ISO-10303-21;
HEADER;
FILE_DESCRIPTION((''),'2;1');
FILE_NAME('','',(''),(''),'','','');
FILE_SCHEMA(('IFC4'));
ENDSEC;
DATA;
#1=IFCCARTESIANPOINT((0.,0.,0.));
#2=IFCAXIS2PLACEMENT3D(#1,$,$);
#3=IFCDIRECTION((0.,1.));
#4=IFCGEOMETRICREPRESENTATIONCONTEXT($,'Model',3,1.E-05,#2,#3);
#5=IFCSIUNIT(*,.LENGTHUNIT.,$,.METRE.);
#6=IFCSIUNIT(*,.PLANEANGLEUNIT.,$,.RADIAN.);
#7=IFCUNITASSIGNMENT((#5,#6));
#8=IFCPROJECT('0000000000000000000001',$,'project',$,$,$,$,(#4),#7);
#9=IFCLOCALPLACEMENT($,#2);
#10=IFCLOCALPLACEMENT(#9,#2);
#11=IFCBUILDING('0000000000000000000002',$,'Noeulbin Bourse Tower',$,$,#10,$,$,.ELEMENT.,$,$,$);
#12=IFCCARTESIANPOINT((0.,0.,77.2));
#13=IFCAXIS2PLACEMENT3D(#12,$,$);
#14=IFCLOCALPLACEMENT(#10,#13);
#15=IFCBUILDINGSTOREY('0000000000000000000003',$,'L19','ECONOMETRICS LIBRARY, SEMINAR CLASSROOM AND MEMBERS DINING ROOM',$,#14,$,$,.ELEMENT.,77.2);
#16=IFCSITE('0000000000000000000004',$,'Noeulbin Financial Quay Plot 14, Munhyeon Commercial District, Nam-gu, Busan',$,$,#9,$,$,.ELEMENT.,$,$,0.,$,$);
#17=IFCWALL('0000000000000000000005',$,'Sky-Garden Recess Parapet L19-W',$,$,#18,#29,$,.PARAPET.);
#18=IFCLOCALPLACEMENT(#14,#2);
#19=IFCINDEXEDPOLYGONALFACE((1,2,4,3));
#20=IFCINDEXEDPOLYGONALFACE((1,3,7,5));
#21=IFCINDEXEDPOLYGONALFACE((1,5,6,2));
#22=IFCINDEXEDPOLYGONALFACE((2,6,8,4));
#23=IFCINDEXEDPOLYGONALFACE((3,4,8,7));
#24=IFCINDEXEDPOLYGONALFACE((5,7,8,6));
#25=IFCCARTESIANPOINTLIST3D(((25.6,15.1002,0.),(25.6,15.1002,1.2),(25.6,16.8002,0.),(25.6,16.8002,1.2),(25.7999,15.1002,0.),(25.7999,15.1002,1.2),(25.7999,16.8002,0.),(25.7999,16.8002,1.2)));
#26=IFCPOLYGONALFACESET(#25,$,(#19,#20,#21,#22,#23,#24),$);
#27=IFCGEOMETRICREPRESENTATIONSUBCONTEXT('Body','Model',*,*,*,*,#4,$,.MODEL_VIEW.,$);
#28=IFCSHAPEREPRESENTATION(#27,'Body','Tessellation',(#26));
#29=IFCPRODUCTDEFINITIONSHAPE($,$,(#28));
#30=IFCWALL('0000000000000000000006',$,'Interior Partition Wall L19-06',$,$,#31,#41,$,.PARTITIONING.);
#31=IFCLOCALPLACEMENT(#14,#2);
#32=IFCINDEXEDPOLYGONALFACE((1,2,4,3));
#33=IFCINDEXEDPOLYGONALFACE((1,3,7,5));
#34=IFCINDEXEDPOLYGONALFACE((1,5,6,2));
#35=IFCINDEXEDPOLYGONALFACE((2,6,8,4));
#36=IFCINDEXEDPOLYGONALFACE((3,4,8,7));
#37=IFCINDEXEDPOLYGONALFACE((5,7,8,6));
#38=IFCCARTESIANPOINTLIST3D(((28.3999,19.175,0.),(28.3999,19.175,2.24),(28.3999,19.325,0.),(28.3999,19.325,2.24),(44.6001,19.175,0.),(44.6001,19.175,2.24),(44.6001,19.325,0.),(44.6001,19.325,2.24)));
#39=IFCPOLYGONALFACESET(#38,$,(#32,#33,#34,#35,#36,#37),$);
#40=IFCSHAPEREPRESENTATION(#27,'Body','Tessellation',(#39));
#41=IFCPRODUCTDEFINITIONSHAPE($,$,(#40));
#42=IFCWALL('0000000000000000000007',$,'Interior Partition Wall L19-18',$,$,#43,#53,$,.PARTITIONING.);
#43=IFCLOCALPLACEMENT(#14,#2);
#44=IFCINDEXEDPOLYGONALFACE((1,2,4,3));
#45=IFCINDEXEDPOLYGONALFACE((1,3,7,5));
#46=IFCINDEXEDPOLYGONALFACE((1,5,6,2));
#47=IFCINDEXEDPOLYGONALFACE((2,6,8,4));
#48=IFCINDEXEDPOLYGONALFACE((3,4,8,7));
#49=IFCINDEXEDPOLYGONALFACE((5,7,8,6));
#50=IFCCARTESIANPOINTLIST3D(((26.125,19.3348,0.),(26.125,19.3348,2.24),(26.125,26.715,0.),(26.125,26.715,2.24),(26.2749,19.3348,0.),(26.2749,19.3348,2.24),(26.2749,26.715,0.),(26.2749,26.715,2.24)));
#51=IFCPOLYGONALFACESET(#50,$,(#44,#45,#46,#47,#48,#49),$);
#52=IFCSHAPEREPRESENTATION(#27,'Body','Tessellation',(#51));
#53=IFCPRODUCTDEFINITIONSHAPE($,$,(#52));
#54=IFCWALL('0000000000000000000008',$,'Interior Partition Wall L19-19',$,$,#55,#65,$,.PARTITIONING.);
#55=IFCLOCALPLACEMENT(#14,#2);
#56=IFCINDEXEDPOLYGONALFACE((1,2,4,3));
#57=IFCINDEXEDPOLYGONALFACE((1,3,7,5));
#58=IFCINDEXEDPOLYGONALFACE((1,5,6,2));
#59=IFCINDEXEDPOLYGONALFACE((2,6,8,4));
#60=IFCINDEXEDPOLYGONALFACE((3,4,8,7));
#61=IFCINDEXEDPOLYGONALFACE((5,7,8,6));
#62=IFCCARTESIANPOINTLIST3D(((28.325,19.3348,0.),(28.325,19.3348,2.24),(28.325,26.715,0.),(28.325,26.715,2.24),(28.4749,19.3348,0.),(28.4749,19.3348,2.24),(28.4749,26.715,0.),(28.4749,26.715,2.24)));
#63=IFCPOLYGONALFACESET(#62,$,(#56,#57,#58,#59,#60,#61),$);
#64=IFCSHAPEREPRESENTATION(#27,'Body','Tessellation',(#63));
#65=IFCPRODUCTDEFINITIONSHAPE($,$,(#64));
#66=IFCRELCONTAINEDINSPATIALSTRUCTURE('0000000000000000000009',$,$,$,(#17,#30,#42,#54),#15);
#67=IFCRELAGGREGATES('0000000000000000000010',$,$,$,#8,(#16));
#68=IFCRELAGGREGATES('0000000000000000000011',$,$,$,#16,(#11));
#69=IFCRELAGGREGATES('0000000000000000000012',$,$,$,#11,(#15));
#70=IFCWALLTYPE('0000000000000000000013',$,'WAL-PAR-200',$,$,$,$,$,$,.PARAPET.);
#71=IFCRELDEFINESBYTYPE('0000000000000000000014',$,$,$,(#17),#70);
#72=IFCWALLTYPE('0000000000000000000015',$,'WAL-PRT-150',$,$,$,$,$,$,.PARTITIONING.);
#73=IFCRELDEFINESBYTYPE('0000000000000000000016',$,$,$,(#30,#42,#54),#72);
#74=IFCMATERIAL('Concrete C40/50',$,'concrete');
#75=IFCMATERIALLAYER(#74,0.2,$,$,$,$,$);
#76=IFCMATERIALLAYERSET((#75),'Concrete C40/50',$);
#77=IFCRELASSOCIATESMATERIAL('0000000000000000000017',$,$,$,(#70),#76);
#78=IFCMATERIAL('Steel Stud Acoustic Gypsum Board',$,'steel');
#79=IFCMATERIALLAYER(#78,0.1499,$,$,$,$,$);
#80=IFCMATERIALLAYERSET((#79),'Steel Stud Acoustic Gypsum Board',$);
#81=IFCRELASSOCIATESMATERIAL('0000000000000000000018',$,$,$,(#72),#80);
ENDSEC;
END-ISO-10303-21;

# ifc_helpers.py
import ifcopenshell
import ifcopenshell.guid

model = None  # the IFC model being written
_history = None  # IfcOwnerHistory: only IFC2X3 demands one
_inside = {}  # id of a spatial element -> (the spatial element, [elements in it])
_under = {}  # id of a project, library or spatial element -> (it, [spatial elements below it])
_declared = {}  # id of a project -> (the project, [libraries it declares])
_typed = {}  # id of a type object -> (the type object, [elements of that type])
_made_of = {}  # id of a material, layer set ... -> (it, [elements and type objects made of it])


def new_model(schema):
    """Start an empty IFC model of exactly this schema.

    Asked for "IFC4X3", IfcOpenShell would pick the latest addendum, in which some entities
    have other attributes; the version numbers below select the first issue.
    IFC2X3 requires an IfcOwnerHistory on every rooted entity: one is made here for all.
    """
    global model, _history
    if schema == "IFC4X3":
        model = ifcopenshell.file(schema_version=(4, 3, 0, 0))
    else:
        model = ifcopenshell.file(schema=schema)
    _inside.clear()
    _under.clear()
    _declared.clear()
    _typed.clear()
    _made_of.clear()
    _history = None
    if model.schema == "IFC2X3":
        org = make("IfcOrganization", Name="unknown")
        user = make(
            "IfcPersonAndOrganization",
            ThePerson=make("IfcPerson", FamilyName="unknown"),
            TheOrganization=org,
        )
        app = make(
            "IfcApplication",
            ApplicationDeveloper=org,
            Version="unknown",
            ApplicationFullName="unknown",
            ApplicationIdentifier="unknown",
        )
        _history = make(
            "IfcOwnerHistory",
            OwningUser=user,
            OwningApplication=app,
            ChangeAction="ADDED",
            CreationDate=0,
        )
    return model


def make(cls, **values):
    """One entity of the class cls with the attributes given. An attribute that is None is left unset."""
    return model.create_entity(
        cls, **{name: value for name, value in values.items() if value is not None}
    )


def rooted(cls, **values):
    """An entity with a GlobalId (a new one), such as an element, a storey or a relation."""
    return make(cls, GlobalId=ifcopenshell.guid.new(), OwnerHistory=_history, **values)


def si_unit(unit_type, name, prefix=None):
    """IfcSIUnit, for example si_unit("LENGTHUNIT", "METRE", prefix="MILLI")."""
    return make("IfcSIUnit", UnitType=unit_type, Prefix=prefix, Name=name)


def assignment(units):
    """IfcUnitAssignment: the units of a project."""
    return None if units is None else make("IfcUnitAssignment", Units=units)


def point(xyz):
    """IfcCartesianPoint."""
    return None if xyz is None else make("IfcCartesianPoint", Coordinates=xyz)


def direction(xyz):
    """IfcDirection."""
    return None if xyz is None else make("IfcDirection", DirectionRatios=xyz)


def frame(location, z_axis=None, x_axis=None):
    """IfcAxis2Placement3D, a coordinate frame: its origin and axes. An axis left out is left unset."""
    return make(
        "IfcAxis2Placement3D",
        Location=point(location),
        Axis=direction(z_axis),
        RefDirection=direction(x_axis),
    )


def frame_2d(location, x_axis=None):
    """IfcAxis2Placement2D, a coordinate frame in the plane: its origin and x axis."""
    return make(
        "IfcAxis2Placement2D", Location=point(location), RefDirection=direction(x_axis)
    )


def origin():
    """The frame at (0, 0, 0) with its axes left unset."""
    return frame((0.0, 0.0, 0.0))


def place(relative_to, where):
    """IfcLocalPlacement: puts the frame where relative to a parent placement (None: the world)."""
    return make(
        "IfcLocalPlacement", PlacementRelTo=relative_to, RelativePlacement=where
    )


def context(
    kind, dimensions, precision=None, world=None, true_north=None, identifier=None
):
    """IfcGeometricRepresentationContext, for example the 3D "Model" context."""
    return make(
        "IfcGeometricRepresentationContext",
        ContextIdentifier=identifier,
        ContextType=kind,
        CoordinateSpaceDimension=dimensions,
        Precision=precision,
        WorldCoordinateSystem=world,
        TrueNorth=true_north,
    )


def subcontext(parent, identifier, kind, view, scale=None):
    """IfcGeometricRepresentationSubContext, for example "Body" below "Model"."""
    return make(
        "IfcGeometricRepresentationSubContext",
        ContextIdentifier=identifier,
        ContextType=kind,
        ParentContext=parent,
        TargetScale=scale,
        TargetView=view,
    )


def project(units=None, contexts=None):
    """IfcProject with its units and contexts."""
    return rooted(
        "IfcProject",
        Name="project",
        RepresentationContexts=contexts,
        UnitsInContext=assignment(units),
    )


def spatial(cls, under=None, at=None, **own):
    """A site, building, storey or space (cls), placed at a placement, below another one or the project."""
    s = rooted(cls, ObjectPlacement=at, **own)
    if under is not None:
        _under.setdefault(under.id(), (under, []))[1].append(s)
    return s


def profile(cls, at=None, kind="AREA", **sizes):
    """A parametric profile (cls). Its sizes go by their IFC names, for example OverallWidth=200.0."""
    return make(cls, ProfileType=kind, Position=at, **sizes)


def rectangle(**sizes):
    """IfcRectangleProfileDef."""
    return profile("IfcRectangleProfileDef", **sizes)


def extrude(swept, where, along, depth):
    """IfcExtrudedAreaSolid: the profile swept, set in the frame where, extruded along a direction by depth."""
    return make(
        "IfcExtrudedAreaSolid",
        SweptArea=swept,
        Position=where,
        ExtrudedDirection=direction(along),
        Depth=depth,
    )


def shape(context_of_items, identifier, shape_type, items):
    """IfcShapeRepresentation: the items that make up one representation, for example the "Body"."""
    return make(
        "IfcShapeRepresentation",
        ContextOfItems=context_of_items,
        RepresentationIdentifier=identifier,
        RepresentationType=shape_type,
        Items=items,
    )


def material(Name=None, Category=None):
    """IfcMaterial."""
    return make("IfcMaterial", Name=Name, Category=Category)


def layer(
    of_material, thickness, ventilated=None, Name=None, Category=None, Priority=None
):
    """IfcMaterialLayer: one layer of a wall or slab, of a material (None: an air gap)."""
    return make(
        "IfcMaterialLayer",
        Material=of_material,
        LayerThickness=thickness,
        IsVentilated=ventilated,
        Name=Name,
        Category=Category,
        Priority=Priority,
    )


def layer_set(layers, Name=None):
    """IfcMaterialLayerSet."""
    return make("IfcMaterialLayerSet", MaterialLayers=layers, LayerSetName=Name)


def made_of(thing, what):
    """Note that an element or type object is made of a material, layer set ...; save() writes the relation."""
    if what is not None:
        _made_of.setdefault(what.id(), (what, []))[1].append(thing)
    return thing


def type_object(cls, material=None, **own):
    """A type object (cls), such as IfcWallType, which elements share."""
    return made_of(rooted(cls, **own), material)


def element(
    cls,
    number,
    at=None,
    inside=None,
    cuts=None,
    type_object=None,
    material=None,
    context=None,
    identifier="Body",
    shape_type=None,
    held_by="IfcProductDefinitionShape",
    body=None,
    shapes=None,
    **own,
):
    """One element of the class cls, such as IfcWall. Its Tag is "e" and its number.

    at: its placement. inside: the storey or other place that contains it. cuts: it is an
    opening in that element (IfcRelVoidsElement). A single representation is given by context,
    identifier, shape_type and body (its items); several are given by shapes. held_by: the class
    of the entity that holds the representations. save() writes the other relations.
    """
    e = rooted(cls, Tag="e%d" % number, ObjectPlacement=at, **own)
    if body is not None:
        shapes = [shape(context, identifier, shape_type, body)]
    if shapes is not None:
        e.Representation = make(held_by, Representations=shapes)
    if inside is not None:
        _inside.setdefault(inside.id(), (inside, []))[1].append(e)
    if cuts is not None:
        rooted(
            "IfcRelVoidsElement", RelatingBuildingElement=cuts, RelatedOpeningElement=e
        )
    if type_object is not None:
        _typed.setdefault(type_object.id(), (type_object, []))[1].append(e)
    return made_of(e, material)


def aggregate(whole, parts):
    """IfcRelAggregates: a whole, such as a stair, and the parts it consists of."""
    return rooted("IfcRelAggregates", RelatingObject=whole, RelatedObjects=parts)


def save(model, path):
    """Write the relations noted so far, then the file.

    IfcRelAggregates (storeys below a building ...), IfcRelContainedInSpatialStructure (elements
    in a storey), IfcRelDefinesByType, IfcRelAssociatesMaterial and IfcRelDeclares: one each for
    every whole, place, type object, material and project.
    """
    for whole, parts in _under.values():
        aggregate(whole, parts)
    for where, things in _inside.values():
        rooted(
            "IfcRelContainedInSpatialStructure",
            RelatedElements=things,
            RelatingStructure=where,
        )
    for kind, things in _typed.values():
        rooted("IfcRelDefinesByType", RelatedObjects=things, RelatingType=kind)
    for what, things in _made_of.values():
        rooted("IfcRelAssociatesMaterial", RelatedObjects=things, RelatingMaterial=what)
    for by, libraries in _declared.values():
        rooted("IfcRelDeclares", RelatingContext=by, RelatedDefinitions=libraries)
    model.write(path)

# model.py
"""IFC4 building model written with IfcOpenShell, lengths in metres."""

from ifc_helpers import new_model, si_unit, direction, frame, frame_2d, origin, place, context, subcontext, project, spatial, rectangle, extrude, material, layer, layer_set, type_object, element, save


model = new_model("IFC4")

# Units and contexts
model_context = context("Model", 3, precision=1e-05, world=origin(), true_north=direction((0.0, 1.0)))
body_context = subcontext(model_context, "Body", "Model", "MODEL_VIEW")
ifc_project = project(units=[si_unit("LENGTHUNIT", "METRE"), si_unit("PLANEANGLEUNIT", "RADIAN")], contexts=[model_context])

# Site, building, storey
site_placement = place(None, origin())
site = spatial("IfcSite", under=ifc_project, at=site_placement, Name="Noeulbin Financial Quay Plot 14, Munhyeon Commercial District, Nam-gu, Busan", CompositionType="ELEMENT", RefElevation=0.0)
building_placement = place(site_placement, origin())
building = spatial("IfcBuilding", under=site, at=building_placement, Name="Noeulbin Bourse Tower", CompositionType="ELEMENT")
storey_placement = place(building_placement, frame((0.0, 0.0, 77.2)))
storey = spatial("IfcBuildingStorey", under=building, at=storey_placement, Name="L19", Description="ECONOMETRICS LIBRARY, SEMINAR CLASSROOM AND MEMBERS DINING ROOM", CompositionType="ELEMENT", Elevation=77.2)

# Walls
ifc_material_1 = material(Name="Concrete C40/50", Category="concrete")
ifc_layer_1 = layer(ifc_material_1, 0.2)
ifc_layer_set_1 = layer_set([ifc_layer_1], Name="Concrete C40/50")
wall_type_1 = type_object("IfcWallType", Name="WAL-PAR-200", PredefinedType="PARAPET", material=ifc_layer_set_1)
wall_1_placement = place(storey_placement, frame((25.7, 15.1001, 0.0), z_axis=(0.0, 0.0, 1.0), x_axis=(0.0, 1.0, 0.0)))
element("IfcWall", 1, at=wall_1_placement, inside=storey, type_object=wall_type_1, Name="Sky-Garden Recess Parapet L19-W", PredefinedType="PARAPET", context=body_context, shape_type="SweptSolid", body=[
    extrude(rectangle(XDim=1.7, YDim=0.2, at=frame_2d((0.8501, 0.0))), origin(), (0.0, 0.0, 1.0), 1.2),
])
ifc_material_2 = material(Name="Steel Stud Acoustic Gypsum Board", Category="steel")
ifc_layer_2 = layer(ifc_material_2, 0.1499)
ifc_layer_set_2 = layer_set([ifc_layer_2], Name="Steel Stud Acoustic Gypsum Board")
wall_type_2 = type_object("IfcWallType", Name="WAL-PRT-150", PredefinedType="PARTITIONING", material=ifc_layer_set_2)
wall_2_placement = place(storey_placement, frame((28.3999, 19.25, 0.0), z_axis=(0.0, 0.0, 1.0), x_axis=(1.0, 0.0, 0.0)))
element("IfcWall", 2, at=wall_2_placement, inside=storey, type_object=wall_type_2, Name="Interior Partition Wall L19-06", PredefinedType="PARTITIONING", context=body_context, shape_type="SweptSolid", body=[
    extrude(rectangle(XDim=16.2002, YDim=0.1499, at=frame_2d((8.1001, 0.0))), origin(), (0.0, 0.0, 1.0), 2.24),
])
for number, where, z_axis, x_axis, name in (
    (3, (26.2, 19.335, 0.0), (0.0, 0.0, 1.0), (0.0, 1.0, 0.0), "Interior Partition Wall L19-18"),
    (4, (28.3999, 19.335, 0.0), (0.0, 0.0, 1.0), (0.0, 1.0, 0.0), "Interior Partition Wall L19-19"),
):
    element("IfcWall", number, at=place(storey_placement, frame(where, z_axis=z_axis, x_axis=x_axis)), inside=storey, type_object=wall_type_2, Name=name, PredefinedType="PARTITIONING", context=body_context, shape_type="SweptSolid", body=[
        extrude(rectangle(XDim=7.3801, YDim=0.1499, at=frame_2d((3.6899, 0.0))), origin(), (0.0, 0.0, 1.0), 2.24),
    ])

save(model, "model.ifc")
